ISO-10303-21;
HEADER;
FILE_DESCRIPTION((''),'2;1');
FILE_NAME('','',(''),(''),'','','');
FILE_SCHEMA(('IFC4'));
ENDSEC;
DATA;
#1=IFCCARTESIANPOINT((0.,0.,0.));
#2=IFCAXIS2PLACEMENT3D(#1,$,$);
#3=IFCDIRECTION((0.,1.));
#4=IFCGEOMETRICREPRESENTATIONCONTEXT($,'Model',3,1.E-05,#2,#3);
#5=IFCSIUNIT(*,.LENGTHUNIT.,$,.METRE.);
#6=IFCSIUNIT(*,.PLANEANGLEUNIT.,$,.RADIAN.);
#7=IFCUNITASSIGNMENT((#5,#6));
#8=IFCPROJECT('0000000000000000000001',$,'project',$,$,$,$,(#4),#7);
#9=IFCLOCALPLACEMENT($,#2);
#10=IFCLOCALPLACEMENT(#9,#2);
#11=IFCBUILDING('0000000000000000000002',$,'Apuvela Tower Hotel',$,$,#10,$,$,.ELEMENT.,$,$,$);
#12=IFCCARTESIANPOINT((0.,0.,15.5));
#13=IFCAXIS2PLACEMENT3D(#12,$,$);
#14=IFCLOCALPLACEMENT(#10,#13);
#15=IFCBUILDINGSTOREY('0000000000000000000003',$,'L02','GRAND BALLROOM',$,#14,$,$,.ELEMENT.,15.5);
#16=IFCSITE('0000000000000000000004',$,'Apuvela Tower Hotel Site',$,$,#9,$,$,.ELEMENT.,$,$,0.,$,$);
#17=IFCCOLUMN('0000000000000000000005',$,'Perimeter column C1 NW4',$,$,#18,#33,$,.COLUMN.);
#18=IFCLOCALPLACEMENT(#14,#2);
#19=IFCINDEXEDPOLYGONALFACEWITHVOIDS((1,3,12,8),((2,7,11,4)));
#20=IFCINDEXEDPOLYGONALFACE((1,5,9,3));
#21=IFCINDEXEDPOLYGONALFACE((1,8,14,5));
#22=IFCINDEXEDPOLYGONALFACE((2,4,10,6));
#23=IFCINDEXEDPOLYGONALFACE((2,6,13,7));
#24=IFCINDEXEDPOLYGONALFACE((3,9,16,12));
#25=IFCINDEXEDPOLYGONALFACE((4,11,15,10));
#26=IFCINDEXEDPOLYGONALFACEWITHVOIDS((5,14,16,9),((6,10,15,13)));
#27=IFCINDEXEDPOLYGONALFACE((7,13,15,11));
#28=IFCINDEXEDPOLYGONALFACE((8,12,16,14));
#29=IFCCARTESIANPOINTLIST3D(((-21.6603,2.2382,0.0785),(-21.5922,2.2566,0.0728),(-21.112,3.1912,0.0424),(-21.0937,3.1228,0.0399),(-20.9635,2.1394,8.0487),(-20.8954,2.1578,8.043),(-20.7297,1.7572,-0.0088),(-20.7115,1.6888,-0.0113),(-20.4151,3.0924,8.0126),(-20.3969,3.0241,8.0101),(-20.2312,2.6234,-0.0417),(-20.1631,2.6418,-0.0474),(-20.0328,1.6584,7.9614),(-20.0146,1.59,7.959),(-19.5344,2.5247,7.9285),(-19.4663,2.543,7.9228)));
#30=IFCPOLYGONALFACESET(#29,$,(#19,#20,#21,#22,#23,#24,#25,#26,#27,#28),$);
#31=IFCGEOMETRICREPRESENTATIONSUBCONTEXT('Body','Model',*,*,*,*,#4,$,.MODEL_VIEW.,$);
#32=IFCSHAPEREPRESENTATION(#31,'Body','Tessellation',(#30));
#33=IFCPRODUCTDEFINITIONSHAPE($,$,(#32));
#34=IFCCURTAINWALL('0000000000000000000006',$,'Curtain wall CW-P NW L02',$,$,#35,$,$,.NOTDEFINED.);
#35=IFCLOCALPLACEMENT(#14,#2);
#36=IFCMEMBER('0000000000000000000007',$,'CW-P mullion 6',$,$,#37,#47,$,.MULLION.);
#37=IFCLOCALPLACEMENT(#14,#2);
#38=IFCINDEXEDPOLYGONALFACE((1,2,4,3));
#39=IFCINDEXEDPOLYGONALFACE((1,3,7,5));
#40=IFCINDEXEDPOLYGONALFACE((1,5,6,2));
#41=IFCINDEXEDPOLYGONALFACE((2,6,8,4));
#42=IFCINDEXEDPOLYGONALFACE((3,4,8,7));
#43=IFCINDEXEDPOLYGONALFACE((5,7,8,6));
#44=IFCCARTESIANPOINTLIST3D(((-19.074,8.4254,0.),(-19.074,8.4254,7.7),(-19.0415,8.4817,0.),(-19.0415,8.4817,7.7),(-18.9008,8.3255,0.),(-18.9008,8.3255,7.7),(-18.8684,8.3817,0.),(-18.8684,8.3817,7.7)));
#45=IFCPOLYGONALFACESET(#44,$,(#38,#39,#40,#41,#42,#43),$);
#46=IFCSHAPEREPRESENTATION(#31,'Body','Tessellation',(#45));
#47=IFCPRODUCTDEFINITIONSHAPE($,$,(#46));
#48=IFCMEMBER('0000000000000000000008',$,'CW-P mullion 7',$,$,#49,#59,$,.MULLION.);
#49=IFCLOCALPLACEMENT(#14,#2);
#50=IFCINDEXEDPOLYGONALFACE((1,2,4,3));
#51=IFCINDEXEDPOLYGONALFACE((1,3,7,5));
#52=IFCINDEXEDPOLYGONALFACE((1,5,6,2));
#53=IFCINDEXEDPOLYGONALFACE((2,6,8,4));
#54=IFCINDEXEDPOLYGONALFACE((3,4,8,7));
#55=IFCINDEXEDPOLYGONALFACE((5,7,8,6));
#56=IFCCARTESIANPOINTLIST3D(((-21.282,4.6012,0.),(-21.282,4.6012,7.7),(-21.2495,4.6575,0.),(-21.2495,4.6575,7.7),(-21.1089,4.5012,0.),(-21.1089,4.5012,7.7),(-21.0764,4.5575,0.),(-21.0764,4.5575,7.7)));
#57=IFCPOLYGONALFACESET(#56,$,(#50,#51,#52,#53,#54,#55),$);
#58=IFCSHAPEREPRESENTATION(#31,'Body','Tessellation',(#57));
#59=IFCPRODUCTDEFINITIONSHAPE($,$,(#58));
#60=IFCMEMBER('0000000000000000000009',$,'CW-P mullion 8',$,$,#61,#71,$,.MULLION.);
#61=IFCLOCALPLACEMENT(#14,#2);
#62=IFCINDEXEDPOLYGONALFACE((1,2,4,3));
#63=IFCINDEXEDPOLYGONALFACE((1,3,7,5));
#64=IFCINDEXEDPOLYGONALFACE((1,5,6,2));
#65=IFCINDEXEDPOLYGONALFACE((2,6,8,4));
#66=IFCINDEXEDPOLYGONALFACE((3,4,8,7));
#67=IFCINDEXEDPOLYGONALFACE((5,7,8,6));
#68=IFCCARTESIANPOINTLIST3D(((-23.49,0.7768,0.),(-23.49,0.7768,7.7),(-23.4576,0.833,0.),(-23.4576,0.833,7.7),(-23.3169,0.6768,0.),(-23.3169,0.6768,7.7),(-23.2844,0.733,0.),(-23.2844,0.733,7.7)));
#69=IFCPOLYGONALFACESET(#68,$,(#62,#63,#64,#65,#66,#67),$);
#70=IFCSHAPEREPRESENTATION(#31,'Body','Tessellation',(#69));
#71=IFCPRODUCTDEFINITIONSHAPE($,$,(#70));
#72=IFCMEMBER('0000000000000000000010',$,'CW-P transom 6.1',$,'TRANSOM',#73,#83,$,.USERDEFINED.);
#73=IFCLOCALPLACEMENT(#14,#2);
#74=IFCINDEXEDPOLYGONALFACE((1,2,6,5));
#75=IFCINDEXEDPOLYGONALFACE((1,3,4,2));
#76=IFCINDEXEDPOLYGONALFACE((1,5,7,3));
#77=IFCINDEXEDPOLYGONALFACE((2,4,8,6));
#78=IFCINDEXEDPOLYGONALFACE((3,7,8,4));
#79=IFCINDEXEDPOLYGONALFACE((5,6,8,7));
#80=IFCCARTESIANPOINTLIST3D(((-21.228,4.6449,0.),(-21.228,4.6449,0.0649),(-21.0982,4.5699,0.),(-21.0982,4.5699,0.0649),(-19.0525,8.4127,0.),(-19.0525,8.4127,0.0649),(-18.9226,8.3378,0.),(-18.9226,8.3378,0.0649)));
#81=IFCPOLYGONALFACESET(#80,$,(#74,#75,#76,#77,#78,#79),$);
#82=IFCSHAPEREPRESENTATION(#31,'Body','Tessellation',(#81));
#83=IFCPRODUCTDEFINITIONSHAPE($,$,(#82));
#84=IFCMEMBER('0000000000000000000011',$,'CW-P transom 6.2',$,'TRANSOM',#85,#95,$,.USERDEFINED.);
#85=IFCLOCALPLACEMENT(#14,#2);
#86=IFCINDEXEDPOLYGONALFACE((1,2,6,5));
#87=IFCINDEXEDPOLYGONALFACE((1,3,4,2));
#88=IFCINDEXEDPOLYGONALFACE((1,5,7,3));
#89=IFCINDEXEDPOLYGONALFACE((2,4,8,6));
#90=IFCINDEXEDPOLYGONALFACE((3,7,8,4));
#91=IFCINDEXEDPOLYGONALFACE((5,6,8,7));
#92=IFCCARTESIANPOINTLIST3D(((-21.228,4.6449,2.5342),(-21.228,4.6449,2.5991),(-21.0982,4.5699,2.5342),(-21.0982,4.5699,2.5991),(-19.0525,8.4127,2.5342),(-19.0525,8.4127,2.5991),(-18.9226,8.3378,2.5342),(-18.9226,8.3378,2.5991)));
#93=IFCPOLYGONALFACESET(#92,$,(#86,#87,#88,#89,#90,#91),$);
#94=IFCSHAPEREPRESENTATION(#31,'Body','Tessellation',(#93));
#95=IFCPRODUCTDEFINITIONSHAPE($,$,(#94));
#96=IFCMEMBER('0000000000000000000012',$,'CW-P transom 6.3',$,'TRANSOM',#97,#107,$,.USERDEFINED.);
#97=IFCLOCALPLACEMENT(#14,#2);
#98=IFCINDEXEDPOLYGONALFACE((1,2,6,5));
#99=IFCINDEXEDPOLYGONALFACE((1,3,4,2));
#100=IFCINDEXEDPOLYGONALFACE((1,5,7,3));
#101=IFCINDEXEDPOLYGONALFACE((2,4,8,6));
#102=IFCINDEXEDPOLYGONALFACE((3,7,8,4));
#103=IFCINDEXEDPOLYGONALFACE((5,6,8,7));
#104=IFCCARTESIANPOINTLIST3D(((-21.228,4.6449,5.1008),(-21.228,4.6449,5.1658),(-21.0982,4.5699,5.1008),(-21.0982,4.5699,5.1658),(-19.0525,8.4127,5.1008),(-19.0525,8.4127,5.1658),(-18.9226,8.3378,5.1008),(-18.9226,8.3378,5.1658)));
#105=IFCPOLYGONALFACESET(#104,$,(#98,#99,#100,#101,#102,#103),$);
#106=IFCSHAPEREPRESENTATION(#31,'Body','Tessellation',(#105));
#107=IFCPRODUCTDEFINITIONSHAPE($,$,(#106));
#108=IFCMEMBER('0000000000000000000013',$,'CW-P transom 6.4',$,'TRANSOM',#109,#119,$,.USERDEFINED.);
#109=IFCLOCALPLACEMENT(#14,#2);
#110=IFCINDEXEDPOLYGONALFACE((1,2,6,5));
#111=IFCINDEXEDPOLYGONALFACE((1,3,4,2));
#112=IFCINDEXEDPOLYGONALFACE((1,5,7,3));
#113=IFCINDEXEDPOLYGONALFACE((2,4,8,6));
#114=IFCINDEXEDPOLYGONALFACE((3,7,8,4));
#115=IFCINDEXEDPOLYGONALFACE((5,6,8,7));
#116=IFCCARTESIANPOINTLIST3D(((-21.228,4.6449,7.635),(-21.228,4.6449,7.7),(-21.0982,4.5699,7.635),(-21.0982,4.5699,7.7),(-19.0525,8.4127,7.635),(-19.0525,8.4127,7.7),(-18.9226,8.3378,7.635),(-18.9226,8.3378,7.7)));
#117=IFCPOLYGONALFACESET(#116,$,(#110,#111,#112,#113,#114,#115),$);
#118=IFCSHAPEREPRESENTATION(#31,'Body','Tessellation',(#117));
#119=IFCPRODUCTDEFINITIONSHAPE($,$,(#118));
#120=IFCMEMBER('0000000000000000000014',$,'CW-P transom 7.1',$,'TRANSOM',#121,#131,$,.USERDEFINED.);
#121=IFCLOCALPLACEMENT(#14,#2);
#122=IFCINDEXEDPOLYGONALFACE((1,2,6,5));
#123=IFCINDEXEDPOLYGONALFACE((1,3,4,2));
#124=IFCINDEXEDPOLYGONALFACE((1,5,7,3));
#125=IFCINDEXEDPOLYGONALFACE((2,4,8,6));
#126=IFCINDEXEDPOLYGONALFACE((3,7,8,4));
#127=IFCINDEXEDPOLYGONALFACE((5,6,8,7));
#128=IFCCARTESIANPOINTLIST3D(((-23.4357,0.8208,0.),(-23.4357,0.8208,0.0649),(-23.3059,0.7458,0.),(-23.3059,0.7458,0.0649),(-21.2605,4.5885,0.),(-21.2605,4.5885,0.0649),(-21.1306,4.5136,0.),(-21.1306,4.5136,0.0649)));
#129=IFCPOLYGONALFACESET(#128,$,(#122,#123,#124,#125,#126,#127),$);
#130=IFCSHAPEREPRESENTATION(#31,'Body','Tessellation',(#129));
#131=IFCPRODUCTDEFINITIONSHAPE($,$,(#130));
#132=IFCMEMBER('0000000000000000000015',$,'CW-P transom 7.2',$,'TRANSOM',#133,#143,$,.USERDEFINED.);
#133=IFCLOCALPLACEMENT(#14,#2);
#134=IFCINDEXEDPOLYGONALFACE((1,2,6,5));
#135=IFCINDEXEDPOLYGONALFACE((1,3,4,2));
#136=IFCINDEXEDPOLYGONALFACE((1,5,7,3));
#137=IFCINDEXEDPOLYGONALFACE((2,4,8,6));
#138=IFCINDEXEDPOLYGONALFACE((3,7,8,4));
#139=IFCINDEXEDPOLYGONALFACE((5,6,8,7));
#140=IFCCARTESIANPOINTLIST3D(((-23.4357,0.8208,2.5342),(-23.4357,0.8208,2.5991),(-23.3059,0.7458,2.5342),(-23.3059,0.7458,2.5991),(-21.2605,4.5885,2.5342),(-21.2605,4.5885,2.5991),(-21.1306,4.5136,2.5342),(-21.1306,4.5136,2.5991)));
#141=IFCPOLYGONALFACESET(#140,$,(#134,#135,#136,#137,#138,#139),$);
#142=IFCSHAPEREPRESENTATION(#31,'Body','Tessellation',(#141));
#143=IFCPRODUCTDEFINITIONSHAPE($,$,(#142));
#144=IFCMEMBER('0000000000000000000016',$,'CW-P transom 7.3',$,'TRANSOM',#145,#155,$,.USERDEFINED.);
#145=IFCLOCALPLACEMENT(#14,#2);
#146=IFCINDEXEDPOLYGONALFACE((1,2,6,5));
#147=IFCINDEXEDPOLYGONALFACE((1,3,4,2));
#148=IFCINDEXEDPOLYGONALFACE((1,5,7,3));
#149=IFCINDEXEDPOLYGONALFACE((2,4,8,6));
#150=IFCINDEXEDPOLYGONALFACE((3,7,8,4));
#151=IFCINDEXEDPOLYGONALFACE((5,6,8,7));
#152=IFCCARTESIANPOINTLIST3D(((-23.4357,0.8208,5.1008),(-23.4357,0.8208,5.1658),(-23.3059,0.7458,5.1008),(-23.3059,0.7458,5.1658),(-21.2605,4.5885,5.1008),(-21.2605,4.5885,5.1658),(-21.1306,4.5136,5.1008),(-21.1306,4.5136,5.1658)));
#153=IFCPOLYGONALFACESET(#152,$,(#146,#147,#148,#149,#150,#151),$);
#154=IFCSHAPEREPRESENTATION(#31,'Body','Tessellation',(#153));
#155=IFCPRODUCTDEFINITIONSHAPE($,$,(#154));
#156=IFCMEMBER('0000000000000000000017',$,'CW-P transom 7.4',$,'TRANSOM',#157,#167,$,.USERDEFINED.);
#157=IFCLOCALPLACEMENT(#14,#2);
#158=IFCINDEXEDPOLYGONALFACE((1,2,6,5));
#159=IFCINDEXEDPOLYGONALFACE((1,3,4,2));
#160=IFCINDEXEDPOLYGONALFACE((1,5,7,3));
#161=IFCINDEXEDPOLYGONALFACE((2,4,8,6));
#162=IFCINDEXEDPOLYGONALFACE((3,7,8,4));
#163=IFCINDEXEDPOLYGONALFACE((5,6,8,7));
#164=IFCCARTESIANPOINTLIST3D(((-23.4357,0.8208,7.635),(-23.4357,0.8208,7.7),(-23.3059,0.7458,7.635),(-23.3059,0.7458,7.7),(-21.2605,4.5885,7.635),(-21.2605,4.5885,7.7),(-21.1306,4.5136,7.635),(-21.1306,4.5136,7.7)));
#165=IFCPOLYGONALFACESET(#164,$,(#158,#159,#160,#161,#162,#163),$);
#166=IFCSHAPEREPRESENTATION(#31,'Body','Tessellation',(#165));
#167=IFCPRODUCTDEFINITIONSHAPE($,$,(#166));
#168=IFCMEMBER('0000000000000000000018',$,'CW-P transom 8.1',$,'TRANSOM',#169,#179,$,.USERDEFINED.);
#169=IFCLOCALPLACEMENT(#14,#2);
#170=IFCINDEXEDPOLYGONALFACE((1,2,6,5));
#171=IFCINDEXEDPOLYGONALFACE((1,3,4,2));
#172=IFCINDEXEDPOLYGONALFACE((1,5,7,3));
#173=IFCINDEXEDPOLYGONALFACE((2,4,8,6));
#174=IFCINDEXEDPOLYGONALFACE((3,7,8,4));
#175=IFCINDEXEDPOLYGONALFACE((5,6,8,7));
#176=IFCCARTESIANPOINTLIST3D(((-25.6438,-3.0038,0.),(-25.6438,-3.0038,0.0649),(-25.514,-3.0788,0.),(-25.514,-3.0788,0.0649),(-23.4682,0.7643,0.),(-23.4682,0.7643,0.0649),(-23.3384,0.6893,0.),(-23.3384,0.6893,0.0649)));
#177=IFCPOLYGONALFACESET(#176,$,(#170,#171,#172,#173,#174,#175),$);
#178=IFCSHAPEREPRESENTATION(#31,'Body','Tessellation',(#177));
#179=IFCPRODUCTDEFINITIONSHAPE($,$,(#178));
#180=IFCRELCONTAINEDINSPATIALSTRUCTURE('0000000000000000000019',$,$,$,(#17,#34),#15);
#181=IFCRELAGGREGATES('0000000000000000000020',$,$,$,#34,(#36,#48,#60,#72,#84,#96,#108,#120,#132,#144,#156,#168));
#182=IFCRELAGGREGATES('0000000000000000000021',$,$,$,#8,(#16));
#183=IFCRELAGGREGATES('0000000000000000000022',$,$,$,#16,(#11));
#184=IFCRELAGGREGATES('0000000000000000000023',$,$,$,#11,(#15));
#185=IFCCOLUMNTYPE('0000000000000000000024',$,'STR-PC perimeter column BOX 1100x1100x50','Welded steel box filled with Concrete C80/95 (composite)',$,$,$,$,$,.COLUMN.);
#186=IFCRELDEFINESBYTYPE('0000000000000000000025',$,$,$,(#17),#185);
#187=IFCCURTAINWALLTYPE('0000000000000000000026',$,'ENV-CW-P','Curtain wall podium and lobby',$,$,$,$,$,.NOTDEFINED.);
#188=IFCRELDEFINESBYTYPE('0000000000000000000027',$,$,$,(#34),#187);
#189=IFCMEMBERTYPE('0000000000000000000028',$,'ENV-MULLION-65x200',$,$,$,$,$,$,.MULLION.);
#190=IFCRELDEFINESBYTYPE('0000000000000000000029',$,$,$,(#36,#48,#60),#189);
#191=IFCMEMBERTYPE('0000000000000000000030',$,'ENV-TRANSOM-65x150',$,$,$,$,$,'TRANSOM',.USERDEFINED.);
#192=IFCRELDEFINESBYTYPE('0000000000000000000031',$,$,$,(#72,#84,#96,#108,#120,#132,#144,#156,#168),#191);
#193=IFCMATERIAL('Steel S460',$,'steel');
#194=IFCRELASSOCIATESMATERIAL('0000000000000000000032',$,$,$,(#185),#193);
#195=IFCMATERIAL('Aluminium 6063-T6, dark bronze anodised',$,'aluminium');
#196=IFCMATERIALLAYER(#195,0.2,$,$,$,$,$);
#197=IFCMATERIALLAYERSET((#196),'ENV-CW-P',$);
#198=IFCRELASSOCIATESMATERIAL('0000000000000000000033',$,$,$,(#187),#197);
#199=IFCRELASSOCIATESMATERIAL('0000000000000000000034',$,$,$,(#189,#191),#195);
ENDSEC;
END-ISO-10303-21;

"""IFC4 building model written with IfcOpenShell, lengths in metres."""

from ifc_helpers import new_model, si_unit, direction, frame, origin, origin_2d, place, context, subcontext, project, spatial, rectangle, hollow_rectangle, extrude, boolean, halfspace, material, layer, layer_set, material_profile, profile_set, type_object, element, aggregate, save


model = new_model("IFC4")

# Units and contexts
model_context = context("Model", 3, precision=1e-05, world=origin(), true_north=direction((0.0, 1.0)))
body_context = subcontext(model_context, "Body", "Model", "MODEL_VIEW")
ifc_project = project(units=[si_unit("LENGTHUNIT", "METRE"), si_unit("PLANEANGLEUNIT", "RADIAN")], contexts=[model_context])

# Site, building, storey
site_placement = place(None, origin())
site = spatial("IfcSite", under=ifc_project, at=site_placement, Name="Apuvela Tower Hotel Site", CompositionType="ELEMENT", RefElevation=0.0)
building_placement = place(site_placement, origin())
building = spatial("IfcBuilding", under=site, at=building_placement, Name="Apuvela Tower Hotel", CompositionType="ELEMENT")
storey_placement = place(building_placement, frame((0.0, 0.0, 15.5)))
storey = spatial("IfcBuildingStorey", under=building, at=storey_placement, Name="L02", Description="GRAND BALLROOM", CompositionType="ELEMENT", Elevation=15.5)

# Column
ifc_material_1 = material(Name="Steel S460", Category="steel")
ifc_material_profile_1 = material_profile(ifc_material_1, hollow_rectangle(XDim=1.1001, YDim=1.1001, WallThickness=0.05, at=origin_2d()), Name="BOX 1100x1100x50")
ifc_material_2 = material(Name="Concrete C80/95", Category="concrete")
ifc_material_profile_2 = material_profile(ifc_material_2, rectangle(XDim=1.0, YDim=1.0, at=origin_2d()), Name="Concrete C80/95 infill")
ifc_profile_set_1 = profile_set([ifc_material_profile_1, ifc_material_profile_2], Name="Steel S460")
column_type = type_object("IfcColumnType", Name="STR-PC perimeter column BOX 1100x1100x50", Description="Welded steel box filled with Concrete C80/95 (composite)", PredefinedType="COLUMN", material=ifc_profile_set_1)
column_placement = place(storey_placement, frame((-20.9131, 2.4402, 0.0), z_axis=(0.087094, -0.012342, 0.996124), x_axis=(-0.498471, -0.866284, 0.032849)))
element("IfcColumn", 1, at=column_placement, inside=storey, type_object=column_type, Name="Perimeter column C1 NW4", PredefinedType="COLUMN", context=body_context, shape_type="SweptSolid", body=[
    boolean("DIFFERENCE", boolean("DIFFERENCE", extrude(hollow_rectangle(XDim=1.1001, YDim=1.1001, WallThickness=0.05, at=origin_2d()), origin(), (0.0, 0.0, 1.0), 8.0312), halfspace(frame((0.0, 0.0, 0.0156), z_axis=(0.0, 0.0, 1.0), x_axis=(1.0, 0.0, 0.0)), True)), halfspace(frame((0.0, 0.0, 8.0168), z_axis=(0.0, 0.0, 1.0), x_axis=(1.0, 0.0, 0.0)), False)),
])

# Curtain wall, members
ifc_material_3 = material(Name="Aluminium 6063-T6, dark bronze anodised", Category="aluminium")
ifc_layer_1 = layer(ifc_material_3, 0.2)
ifc_layer_set_1 = layer_set([ifc_layer_1], Name="ENV-CW-P")
curtain_wall_type = type_object("IfcCurtainWallType", Name="ENV-CW-P", Description="Curtain wall podium and lobby", PredefinedType="NOTDEFINED", material=ifc_layer_set_1)
curtain_wall_placement = place(storey_placement, origin())
curtain_wall = element("IfcCurtainWall", 2, at=curtain_wall_placement, inside=storey, type_object=curtain_wall_type, Name="Curtain wall CW-P NW L02", PredefinedType="NOTDEFINED")
ifc_material_profile_3 = material_profile(ifc_material_3, rectangle(XDim=0.2, YDim=0.0649, at=origin_2d()), Name="AL 65x200")
ifc_profile_set_2 = profile_set([ifc_material_profile_3], Name="Aluminium 6063-T6, dark bronze anodised")
member_type_1 = type_object("IfcMemberType", Name="ENV-MULLION-65x200", PredefinedType="MULLION", material=ifc_profile_set_2)
member_1_placement = place(storey_placement, frame((-18.9712, 8.4036, 0.0), z_axis=(0.0, 0.0, 1.0), x_axis=(0.866025, -0.500001, 0.0)))
member_1 = element("IfcMember", 3, at=member_1_placement, type_object=member_type_1, Name="CW-P mullion 6", PredefinedType="MULLION", context=body_context, shape_type="SweptSolid", body=[
    extrude(rectangle(XDim=0.2, YDim=0.0649, at=origin_2d()), origin(), (0.0, 0.0, 1.0), 7.7),
])
member_2_placement = place(storey_placement, frame((-21.1792, 4.5793, 0.0), z_axis=(0.0, 0.0, 1.0), x_axis=(0.866025, -0.500001, 0.0)))
member_2 = element("IfcMember", 4, at=member_2_placement, type_object=member_type_1, Name="CW-P mullion 7", PredefinedType="MULLION", context=body_context, shape_type="SweptSolid", body=[
    extrude(rectangle(XDim=0.2, YDim=0.0649, at=origin_2d()), origin(), (0.0, 0.0, 1.0), 7.7),
])
member_3_placement = place(storey_placement, frame((-23.3872, 0.7549, 0.0), z_axis=(0.0, 0.0, 1.0), x_axis=(0.866025, -0.500001, 0.0)))
member_3 = element("IfcMember", 5, at=member_3_placement, type_object=member_type_1, Name="CW-P mullion 8", PredefinedType="MULLION", context=body_context, shape_type="SweptSolid", body=[
    extrude(rectangle(XDim=0.2, YDim=0.0649, at=origin_2d()), origin(), (0.0, 0.0, 1.0), 7.7),
])
ifc_material_profile_4 = material_profile(ifc_material_3, rectangle(XDim=0.1499, YDim=0.0649, at=origin_2d()), Name="AL 65x150 transom")
ifc_profile_set_3 = profile_set([ifc_material_profile_4], Name="Aluminium 6063-T6, dark bronze anodised")
member_type_2 = type_object("IfcMemberType", Name="ENV-TRANSOM-65x150", ElementType="TRANSOM", PredefinedType="USERDEFINED", material=ifc_profile_set_3)
member_4_placement = place(storey_placement, frame((-18.9875, 8.3752, 0.0325), z_axis=(-0.500032, -0.866007, 0.0), x_axis=(0.866007, -0.500032, 0.0)))
member_4 = element("IfcMember", 6, at=member_4_placement, type_object=member_type_2, Name="CW-P transom 6.1", ObjectType="TRANSOM", PredefinedType="USERDEFINED", context=body_context, shape_type="SweptSolid", body=[
    extrude(rectangle(XDim=0.1499, YDim=0.0649, at=origin_2d()), origin(), (0.0, 0.0, 1.0), 4.3508),
])
member_5_placement = place(storey_placement, frame((-18.9875, 8.3752, 2.5667), z_axis=(-0.500032, -0.866007, 0.0), x_axis=(0.866007, -0.500032, 0.0)))
member_5 = element("IfcMember", 7, at=member_5_placement, type_object=member_type_2, Name="CW-P transom 6.2", ObjectType="TRANSOM", PredefinedType="USERDEFINED", context=body_context, shape_type="SweptSolid", body=[
    extrude(rectangle(XDim=0.1499, YDim=0.0649, at=origin_2d()), origin(), (0.0, 0.0, 1.0), 4.3508),
])
member_6_placement = place(storey_placement, frame((-18.9875, 8.3752, 5.1333), z_axis=(-0.500032, -0.866007, 0.0), x_axis=(0.866007, -0.500032, 0.0)))
member_6 = element("IfcMember", 8, at=member_6_placement, type_object=member_type_2, Name="CW-P transom 6.3", ObjectType="TRANSOM", PredefinedType="USERDEFINED", context=body_context, shape_type="SweptSolid", body=[
    extrude(rectangle(XDim=0.1499, YDim=0.0649, at=origin_2d()), origin(), (0.0, 0.0, 1.0), 4.3508),
])
member_7_placement = place(storey_placement, frame((-18.9875, 8.3752, 7.6675), z_axis=(-0.500032, -0.866007, 0.0), x_axis=(0.866007, -0.500032, 0.0)))
member_7 = element("IfcMember", 9, at=member_7_placement, type_object=member_type_2, Name="CW-P transom 6.4", ObjectType="TRANSOM", PredefinedType="USERDEFINED", context=body_context, shape_type="SweptSolid", body=[
    extrude(rectangle(XDim=0.1499, YDim=0.0649, at=origin_2d()), origin(), (0.0, 0.0, 1.0), 4.3508),
])
member_8_placement = place(storey_placement, frame((-21.1956, 4.551, 0.0325), z_axis=(-0.49999, -0.866031, 0.0), x_axis=(0.866031, -0.49999, 0.0)))
member_8 = element("IfcMember", 10, at=member_8_placement, type_object=member_type_2, Name="CW-P transom 7.1", ObjectType="TRANSOM", PredefinedType="USERDEFINED", context=body_context, shape_type="SweptSolid", body=[
    extrude(rectangle(XDim=0.1499, YDim=0.0649, at=origin_2d()), origin(), (0.0, 0.0, 1.0), 4.3506),
])
member_9_placement = place(storey_placement, frame((-21.1956, 4.551, 2.5667), z_axis=(-0.49999, -0.866031, 0.0), x_axis=(0.866031, -0.49999, 0.0)))
member_9 = element("IfcMember", 11, at=member_9_placement, type_object=member_type_2, Name="CW-P transom 7.2", ObjectType="TRANSOM", PredefinedType="USERDEFINED", context=body_context, shape_type="SweptSolid", body=[
    extrude(rectangle(XDim=0.1499, YDim=0.0649, at=origin_2d()), origin(), (0.0, 0.0, 1.0), 4.3506),
])
member_10_placement = place(storey_placement, frame((-21.1956, 4.551, 5.1333), z_axis=(-0.49999, -0.866031, 0.0), x_axis=(0.866031, -0.49999, 0.0)))
member_10 = element("IfcMember", 12, at=member_10_placement, type_object=member_type_2, Name="CW-P transom 7.3", ObjectType="TRANSOM", PredefinedType="USERDEFINED", context=body_context, shape_type="SweptSolid", body=[
    extrude(rectangle(XDim=0.1499, YDim=0.0649, at=origin_2d()), origin(), (0.0, 0.0, 1.0), 4.3506),
])
member_11_placement = place(storey_placement, frame((-21.1956, 4.551, 7.6675), z_axis=(-0.49999, -0.866031, 0.0), x_axis=(0.866031, -0.49999, 0.0)))
member_11 = element("IfcMember", 13, at=member_11_placement, type_object=member_type_2, Name="CW-P transom 7.4", ObjectType="TRANSOM", PredefinedType="USERDEFINED", context=body_context, shape_type="SweptSolid", body=[
    extrude(rectangle(XDim=0.1499, YDim=0.0649, at=origin_2d()), origin(), (0.0, 0.0, 1.0), 4.3506),
])
member_12_placement = place(storey_placement, frame((-23.4033, 0.7268, 0.0325), z_axis=(-0.500007, -0.866021, 0.0), x_axis=(0.866021, -0.500007, 0.0)))
member_12 = element("IfcMember", 14, at=member_12_placement, type_object=member_type_2, Name="CW-P transom 8.1", ObjectType="TRANSOM", PredefinedType="USERDEFINED", context=body_context, shape_type="SweptSolid", body=[
    extrude(rectangle(XDim=0.1499, YDim=0.0649, at=origin_2d()), origin(), (0.0, 0.0, 1.0), 4.3511),
])

aggregate(curtain_wall, [member_1, member_2, member_3, member_4, member_5, member_6, member_7, member_8, member_9, member_10, member_11, member_12])

save(model, "model.ifc")
